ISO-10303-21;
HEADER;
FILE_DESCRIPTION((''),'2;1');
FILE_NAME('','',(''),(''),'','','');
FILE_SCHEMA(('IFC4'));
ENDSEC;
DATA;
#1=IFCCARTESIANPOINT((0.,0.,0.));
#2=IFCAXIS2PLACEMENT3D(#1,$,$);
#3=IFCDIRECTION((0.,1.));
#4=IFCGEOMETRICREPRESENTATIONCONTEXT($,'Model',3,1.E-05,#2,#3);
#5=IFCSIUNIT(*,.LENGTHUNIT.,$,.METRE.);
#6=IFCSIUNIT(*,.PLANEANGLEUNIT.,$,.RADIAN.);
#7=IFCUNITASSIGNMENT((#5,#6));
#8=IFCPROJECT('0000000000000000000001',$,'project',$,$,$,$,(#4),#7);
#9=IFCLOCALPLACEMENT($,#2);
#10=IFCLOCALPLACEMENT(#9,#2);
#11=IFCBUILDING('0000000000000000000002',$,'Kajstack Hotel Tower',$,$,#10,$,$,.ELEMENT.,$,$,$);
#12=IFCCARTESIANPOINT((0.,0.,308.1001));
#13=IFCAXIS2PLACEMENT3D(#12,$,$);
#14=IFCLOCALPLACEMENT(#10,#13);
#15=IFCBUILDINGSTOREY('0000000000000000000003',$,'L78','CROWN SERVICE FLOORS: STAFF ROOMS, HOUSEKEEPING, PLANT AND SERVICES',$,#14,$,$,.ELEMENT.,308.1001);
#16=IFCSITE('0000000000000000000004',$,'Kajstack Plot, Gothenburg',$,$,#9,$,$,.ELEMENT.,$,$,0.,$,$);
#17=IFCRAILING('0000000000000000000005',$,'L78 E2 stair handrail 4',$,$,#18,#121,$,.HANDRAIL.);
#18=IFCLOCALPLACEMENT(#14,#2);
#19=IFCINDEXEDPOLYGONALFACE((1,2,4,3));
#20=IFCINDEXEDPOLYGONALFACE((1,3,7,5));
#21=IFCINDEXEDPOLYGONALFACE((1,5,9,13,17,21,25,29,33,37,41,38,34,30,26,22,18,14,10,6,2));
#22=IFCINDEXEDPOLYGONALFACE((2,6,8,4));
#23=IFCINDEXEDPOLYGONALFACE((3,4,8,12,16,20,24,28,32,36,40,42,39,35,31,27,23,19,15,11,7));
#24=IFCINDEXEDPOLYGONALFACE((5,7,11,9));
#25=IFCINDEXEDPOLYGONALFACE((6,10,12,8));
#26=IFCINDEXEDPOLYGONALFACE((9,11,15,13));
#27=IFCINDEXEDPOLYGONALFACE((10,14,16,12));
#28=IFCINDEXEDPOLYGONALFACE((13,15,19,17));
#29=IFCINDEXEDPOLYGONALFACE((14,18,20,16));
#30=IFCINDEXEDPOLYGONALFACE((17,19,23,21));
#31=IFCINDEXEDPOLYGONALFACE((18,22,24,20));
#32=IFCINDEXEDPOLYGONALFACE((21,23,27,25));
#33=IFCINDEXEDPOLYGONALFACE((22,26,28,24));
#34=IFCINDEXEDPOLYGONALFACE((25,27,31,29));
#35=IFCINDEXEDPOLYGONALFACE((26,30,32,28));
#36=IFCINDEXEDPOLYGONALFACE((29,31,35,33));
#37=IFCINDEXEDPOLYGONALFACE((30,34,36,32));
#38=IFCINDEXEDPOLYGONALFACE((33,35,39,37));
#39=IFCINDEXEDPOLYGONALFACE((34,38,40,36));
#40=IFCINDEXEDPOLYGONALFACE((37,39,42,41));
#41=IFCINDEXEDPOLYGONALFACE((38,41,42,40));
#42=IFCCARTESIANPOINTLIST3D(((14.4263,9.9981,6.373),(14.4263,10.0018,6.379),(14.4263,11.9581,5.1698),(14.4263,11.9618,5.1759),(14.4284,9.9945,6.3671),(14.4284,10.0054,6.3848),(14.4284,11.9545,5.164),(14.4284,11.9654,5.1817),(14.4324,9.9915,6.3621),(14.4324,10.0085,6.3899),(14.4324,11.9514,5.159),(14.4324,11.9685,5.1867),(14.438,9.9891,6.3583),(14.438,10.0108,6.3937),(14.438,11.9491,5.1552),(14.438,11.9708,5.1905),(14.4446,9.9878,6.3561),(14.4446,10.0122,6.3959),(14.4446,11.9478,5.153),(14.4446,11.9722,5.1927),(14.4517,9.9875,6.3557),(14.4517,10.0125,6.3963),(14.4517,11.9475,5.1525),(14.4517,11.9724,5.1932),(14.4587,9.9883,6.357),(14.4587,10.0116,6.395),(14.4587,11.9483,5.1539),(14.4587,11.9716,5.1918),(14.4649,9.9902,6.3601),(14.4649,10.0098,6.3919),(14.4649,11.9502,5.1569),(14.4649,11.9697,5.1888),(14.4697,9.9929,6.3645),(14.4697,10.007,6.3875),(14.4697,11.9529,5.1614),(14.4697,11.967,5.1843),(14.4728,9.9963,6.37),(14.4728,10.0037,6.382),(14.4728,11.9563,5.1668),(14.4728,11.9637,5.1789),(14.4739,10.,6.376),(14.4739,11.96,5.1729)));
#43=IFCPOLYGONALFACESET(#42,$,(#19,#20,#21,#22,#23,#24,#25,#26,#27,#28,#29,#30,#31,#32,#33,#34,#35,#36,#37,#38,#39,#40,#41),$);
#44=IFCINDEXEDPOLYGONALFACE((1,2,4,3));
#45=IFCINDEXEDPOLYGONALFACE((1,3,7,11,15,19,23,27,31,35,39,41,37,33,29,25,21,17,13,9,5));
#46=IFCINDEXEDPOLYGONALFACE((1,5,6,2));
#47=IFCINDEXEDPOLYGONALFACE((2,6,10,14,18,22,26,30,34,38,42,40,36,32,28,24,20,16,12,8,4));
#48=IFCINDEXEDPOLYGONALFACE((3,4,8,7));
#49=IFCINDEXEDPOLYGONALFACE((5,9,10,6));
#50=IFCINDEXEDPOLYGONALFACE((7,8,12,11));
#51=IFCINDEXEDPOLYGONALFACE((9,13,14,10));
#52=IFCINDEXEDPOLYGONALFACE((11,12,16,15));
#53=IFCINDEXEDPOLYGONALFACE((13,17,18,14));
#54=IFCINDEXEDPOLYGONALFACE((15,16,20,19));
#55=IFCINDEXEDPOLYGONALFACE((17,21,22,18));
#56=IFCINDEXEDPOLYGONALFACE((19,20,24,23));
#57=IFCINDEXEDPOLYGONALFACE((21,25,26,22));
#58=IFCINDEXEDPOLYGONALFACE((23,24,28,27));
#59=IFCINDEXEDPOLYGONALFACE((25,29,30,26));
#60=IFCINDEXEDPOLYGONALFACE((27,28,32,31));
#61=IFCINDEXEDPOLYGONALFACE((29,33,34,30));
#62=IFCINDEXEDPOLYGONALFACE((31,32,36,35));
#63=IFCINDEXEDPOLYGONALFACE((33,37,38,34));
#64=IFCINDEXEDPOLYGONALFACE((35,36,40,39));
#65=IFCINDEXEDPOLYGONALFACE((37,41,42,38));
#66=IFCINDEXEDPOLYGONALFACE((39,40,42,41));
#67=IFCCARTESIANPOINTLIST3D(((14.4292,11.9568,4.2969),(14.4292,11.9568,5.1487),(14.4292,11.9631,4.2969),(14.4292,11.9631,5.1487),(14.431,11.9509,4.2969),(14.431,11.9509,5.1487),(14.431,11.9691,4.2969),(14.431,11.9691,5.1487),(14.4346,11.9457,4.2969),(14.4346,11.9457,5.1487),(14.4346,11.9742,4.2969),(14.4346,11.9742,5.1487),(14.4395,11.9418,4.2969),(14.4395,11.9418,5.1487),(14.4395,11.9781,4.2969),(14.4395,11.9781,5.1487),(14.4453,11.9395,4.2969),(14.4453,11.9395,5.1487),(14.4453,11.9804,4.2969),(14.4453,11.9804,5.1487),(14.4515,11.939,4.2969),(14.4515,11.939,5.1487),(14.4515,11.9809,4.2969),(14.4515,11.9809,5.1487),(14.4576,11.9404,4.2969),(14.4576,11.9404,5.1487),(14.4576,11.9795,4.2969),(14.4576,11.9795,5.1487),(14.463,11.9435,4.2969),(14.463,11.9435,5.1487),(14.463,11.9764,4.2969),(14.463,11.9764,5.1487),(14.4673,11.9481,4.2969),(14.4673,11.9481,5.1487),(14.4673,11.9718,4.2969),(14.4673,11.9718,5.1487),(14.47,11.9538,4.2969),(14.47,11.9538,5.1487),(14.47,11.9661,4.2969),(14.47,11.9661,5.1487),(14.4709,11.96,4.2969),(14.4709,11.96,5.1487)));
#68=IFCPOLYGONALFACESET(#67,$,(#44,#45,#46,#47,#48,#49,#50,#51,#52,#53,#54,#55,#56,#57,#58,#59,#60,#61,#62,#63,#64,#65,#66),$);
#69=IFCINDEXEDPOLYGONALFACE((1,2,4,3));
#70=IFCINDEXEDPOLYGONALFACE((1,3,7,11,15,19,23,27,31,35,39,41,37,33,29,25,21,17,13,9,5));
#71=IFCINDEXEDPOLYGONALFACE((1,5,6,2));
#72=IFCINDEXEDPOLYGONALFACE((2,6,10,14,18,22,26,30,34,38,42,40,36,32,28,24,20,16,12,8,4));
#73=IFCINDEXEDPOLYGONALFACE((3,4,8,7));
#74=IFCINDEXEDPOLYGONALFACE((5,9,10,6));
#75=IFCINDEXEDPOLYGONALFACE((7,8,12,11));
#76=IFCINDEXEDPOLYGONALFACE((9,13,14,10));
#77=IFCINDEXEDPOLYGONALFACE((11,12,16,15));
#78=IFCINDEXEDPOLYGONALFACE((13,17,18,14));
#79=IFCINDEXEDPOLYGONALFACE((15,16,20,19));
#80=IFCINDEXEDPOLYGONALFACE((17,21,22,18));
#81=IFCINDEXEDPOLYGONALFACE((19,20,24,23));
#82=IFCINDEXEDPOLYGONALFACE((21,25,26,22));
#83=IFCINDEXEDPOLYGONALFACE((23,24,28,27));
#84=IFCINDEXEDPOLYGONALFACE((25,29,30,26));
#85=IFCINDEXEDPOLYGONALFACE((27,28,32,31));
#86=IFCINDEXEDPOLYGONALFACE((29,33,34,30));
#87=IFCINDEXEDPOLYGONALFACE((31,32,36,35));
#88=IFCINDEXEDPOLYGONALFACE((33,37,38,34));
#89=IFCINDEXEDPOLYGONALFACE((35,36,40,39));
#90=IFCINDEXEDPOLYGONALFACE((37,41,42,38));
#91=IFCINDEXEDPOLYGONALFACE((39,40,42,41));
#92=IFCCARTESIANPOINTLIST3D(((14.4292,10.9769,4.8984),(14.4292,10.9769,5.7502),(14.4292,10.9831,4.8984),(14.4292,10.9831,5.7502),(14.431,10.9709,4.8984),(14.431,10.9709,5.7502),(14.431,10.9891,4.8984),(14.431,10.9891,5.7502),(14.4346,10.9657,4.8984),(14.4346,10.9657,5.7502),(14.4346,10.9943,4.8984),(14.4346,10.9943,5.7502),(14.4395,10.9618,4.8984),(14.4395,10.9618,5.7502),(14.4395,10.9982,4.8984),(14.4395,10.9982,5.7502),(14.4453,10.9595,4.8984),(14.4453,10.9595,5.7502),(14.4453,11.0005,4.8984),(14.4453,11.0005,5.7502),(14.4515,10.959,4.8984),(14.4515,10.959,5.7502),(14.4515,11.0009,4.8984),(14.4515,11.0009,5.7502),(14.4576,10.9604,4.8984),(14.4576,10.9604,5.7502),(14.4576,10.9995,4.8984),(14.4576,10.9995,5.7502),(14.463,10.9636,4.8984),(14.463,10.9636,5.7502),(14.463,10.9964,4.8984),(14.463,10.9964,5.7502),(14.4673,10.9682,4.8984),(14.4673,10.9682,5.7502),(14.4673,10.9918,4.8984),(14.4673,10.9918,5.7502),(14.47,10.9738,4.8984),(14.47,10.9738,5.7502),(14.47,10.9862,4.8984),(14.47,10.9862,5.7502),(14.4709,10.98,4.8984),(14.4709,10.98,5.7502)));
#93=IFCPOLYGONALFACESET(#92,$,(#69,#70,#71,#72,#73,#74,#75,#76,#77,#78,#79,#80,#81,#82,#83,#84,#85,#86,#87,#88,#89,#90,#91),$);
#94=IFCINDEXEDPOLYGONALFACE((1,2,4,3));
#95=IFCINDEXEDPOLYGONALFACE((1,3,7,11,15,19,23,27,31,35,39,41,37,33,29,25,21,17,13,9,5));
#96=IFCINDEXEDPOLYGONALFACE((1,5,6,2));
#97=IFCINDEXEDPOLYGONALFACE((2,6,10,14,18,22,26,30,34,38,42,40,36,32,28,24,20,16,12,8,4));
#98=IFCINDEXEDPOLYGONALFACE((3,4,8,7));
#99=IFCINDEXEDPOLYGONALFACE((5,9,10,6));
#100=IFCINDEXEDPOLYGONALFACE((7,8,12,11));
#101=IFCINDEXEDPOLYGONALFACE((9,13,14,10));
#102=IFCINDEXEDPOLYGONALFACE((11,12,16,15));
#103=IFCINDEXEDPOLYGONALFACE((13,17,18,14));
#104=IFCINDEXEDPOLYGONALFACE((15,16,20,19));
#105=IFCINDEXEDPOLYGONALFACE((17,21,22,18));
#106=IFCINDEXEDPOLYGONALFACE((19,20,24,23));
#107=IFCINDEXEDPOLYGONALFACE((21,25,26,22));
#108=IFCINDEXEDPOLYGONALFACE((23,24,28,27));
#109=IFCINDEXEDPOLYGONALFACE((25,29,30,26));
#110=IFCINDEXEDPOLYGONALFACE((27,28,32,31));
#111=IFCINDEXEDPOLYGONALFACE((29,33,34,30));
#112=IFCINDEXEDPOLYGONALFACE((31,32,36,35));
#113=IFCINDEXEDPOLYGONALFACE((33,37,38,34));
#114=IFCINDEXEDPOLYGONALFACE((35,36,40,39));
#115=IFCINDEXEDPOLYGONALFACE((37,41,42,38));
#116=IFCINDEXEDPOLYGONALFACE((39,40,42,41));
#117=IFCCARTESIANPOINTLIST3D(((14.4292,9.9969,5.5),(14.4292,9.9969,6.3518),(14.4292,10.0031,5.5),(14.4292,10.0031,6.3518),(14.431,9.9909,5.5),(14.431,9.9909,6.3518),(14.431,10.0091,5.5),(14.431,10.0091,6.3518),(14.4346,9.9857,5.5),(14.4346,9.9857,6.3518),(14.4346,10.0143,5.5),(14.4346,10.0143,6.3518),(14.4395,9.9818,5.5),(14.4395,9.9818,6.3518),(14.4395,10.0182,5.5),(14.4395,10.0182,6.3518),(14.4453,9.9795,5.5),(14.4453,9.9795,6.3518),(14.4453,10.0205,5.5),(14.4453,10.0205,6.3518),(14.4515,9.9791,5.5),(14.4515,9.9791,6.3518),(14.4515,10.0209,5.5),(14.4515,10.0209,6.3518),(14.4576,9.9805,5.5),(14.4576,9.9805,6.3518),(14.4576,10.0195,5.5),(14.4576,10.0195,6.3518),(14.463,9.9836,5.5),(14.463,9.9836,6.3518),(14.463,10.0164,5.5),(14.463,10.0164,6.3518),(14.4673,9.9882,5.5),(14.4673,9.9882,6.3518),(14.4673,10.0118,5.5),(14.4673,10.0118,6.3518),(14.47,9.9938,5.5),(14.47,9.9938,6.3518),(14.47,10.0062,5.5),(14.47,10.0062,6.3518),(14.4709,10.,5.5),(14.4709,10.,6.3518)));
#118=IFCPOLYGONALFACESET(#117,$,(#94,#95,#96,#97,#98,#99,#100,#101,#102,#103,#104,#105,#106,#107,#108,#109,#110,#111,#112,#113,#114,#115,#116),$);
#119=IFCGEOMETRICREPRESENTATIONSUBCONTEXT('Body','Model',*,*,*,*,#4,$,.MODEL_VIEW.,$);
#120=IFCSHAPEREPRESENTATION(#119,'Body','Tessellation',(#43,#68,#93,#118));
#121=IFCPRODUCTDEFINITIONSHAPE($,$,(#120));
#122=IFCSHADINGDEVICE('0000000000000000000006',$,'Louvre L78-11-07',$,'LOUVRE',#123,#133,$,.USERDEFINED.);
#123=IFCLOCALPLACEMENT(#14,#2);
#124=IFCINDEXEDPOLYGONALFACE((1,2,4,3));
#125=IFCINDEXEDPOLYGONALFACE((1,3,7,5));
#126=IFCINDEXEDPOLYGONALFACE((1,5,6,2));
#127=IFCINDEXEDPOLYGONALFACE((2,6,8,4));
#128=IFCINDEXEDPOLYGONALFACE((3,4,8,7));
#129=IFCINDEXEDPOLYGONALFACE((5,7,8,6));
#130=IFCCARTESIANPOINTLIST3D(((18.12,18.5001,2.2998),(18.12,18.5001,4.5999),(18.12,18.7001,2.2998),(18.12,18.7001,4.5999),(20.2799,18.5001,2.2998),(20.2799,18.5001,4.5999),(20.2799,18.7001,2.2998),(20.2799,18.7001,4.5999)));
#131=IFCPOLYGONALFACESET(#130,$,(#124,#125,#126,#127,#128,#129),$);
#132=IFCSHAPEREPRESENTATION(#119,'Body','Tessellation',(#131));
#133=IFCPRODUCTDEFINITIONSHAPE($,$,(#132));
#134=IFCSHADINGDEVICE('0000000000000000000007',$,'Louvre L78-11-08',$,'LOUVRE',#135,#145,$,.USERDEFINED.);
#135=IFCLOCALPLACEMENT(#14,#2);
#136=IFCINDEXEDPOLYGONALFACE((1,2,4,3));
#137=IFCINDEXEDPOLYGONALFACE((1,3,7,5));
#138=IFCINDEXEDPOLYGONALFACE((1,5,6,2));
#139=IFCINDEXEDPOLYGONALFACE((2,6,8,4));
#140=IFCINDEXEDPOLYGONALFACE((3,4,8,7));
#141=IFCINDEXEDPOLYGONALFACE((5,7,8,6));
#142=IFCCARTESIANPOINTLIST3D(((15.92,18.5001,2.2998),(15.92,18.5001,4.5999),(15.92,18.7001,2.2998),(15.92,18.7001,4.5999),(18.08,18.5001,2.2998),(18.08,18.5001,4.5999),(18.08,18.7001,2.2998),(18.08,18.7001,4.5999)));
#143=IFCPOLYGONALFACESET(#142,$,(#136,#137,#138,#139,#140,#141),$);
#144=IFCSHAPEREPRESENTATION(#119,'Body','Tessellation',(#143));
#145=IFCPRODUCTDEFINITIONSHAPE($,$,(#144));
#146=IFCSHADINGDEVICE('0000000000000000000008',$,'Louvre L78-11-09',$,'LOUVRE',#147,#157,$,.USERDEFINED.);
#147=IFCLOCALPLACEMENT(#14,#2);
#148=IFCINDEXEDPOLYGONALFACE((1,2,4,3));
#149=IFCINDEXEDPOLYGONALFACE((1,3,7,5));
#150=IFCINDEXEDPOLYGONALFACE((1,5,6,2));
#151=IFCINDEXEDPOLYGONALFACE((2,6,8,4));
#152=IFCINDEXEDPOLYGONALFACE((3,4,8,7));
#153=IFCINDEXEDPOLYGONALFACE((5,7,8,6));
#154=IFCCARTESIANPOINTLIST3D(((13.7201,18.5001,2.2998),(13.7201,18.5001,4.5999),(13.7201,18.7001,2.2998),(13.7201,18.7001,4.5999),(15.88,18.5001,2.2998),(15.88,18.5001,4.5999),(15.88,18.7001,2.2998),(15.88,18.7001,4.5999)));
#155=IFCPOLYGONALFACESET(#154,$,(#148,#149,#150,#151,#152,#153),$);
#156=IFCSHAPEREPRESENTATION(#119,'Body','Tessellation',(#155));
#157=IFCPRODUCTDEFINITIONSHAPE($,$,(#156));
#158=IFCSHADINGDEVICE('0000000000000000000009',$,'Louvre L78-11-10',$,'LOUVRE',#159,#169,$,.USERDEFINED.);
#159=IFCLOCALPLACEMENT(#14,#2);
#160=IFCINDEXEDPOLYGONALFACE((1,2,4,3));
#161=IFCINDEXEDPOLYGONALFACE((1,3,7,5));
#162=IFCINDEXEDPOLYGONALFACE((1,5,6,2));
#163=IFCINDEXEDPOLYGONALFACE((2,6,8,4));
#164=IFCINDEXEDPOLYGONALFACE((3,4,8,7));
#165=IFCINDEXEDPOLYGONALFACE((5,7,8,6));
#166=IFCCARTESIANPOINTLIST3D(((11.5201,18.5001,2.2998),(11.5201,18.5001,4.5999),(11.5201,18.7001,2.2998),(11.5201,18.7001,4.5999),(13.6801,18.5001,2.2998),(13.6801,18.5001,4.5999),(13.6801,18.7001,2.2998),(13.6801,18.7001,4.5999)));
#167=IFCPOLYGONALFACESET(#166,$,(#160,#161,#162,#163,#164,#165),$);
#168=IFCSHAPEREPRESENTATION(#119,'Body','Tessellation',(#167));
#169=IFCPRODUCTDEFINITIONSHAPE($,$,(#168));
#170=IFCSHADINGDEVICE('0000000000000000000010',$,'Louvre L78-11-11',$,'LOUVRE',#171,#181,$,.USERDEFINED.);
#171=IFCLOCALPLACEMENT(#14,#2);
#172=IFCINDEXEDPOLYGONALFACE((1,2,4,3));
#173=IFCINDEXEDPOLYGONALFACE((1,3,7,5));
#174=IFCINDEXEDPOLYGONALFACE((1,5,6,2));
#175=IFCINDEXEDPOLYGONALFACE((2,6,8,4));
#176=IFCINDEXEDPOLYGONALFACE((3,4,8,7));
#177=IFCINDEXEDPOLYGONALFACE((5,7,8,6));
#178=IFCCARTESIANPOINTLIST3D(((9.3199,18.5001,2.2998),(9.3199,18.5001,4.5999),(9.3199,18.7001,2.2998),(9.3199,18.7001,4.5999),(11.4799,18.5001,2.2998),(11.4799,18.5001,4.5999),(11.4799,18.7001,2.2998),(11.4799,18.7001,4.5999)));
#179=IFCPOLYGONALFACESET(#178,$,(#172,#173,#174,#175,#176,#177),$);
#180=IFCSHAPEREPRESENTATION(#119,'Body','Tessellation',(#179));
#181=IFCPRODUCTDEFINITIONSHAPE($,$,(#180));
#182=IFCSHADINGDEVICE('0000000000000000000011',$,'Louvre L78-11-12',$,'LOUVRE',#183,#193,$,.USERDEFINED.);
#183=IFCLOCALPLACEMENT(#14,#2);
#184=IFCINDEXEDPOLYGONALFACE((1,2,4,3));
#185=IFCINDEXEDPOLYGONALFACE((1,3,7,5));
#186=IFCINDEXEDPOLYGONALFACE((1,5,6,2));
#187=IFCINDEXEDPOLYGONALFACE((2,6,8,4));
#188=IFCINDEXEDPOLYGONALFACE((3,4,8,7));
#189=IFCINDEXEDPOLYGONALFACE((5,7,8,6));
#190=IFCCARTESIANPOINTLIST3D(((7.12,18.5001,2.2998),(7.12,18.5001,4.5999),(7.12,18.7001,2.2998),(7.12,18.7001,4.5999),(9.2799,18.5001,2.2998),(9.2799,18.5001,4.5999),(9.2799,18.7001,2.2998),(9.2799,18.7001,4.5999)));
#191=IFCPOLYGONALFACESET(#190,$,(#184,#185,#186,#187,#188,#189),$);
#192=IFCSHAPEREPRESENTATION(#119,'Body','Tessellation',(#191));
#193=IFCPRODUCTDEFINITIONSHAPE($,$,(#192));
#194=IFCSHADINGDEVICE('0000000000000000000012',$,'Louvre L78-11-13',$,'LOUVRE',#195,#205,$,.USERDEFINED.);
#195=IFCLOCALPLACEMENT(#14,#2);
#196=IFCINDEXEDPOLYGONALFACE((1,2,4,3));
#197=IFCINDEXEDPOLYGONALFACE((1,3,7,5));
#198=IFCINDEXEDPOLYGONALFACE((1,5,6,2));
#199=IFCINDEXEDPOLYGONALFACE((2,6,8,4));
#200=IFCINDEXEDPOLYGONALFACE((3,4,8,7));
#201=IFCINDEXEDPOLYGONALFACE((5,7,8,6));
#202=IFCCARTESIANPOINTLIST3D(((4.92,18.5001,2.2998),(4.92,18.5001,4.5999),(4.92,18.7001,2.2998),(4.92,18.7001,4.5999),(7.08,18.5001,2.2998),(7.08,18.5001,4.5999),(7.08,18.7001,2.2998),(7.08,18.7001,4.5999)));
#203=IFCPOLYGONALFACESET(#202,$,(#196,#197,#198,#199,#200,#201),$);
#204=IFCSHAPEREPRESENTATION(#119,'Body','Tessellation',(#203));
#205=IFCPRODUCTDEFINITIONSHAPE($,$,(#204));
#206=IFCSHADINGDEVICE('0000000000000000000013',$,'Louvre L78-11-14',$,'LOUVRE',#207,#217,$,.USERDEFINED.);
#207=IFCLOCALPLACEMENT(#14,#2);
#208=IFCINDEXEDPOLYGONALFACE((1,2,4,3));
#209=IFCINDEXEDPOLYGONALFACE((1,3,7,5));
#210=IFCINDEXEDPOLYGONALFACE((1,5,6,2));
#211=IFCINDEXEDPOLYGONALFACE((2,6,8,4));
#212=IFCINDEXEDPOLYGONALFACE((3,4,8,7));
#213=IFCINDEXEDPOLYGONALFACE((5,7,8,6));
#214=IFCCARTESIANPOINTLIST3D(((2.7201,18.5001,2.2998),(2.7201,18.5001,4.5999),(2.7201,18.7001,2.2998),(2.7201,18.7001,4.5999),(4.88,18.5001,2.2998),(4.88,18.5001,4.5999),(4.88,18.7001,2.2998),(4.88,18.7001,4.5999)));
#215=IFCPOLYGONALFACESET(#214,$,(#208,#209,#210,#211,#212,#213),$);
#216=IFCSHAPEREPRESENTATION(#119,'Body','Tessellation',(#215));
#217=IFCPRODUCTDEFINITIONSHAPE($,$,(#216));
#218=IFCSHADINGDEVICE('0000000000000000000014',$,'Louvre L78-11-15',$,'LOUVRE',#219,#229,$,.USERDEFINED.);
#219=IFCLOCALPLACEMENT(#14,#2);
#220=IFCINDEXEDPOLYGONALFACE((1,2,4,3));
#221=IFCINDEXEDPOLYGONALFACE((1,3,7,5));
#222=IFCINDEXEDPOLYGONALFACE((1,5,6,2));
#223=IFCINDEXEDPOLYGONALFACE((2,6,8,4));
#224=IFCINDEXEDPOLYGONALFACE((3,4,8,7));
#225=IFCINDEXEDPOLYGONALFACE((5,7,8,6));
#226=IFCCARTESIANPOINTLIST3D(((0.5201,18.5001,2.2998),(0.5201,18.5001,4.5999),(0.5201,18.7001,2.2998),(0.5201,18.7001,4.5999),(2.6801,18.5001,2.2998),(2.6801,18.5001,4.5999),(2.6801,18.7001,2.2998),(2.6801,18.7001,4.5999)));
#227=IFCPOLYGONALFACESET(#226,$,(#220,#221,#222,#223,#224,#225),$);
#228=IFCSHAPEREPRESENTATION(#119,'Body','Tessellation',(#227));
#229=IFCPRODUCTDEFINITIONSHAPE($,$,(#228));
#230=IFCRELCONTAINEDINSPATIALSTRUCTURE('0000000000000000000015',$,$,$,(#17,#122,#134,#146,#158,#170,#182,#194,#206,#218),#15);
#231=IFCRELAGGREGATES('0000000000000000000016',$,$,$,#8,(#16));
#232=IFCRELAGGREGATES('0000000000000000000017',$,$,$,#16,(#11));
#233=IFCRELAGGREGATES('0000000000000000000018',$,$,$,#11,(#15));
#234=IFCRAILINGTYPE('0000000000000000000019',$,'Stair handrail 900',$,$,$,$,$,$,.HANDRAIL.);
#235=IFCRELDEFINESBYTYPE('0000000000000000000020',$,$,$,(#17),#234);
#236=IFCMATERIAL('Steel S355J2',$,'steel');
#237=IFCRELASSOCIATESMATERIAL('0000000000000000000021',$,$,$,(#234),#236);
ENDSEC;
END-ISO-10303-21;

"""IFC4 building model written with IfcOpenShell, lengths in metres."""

from ifc_helpers import new_model, si_unit, direction, frame, origin, origin_2d, place, context, subcontext, project, spatial, rectangle, circle, extrude, material, type_object, element, save


model = new_model("IFC4")

# Units and contexts
model_context = context("Model", 3, precision=1e-05, world=origin(), true_north=direction((0.0, 1.0)))
body_context = subcontext(model_context, "Body", "Model", "MODEL_VIEW")
ifc_project = project(units=[si_unit("LENGTHUNIT", "METRE"), si_unit("PLANEANGLEUNIT", "RADIAN")], contexts=[model_context])

# Site, building, storey
site_placement = place(None, origin())
site = spatial("IfcSite", under=ifc_project, at=site_placement, Name="Kajstack Plot, Gothenburg", CompositionType="ELEMENT", RefElevation=0.0)
building_placement = place(site_placement, origin())
building = spatial("IfcBuilding", under=site, at=building_placement, Name="Kajstack Hotel Tower", CompositionType="ELEMENT")
storey_placement = place(building_placement, frame((0.0, 0.0, 308.1001)))
storey = spatial("IfcBuildingStorey", under=building, at=storey_placement, Name="L78", Description="CROWN SERVICE FLOORS: STAFF ROOMS, HOUSEKEEPING, PLANT AND SERVICES", CompositionType="ELEMENT", Elevation=308.1001)

# Shared definitions
ifc_material_1 = material(Name="Steel S355J2", Category="steel")

# Railing
railing_type = type_object("IfcRailingType", Name="Stair handrail 900", PredefinedType="HANDRAIL", material=ifc_material_1)
for number, where, name in (
    (1, (14.45, 11.96, 4.2969), "L78 E2 stair handrail 4"),
):
    element("IfcRailing", number, at=place(storey_placement, frame(where)), inside=storey, type_object=railing_type, Name=name, PredefinedType="HANDRAIL", context=body_context, shape_type="SweptSolid", body=[
        extrude(circle(Radius=0.0239, at=origin_2d()), frame((0.0, 0.0, 0.876), z_axis=(0.0, -0.852241, 0.523149), x_axis=(1.0, 0.0, 0.0)), (0.0, 0.0, 1.0), 2.2998),
        extrude(circle(Radius=0.021, at=origin_2d()), origin(), (0.0, 0.0, 1.0), 0.8518),
        extrude(circle(Radius=0.021, at=origin_2d()), frame((0.0, -0.98, 0.6016)), (0.0, 0.0, 1.0), 0.8518),
        extrude(circle(Radius=0.021, at=origin_2d()), frame((0.0, -1.96, 1.2031)), (0.0, 0.0, 1.0), 0.8518),
    ])

# Shading devices
for number, where, z_axis, x_axis, name in (
    (2, (19.2, 18.6001, 2.2998), (0.0, 0.0, 1.0), (-1.0, 0.0, 0.0), "Louvre L78-11-07"),
    (3, (17.0, 18.6001, 2.2998), (0.0, 0.0, 1.0), (-1.0, 0.0, 0.0), "Louvre L78-11-08"),
    (4, (14.8, 18.6001, 2.2998), (0.0, 0.0, 1.0), (-1.0, 0.0, 0.0), "Louvre L78-11-09"),
    (5, (12.6001, 18.6001, 2.2998), (0.0, 0.0, 1.0), (-1.0, 0.0, 0.0), "Louvre L78-11-10"),
    (6, (10.3999, 18.6001, 2.2998), (0.0, 0.0, 1.0), (-1.0, 0.0, 0.0), "Louvre L78-11-11"),
    (7, (8.2, 18.6001, 2.2998), (0.0, 0.0, 1.0), (-1.0, 0.0, 0.0), "Louvre L78-11-12"),
    (8, (6.0, 18.6001, 2.2998), (0.0, 0.0, 1.0), (-1.0, 0.0, 0.0), "Louvre L78-11-13"),
    (9, (3.8, 18.6001, 2.2998), (0.0, 0.0, 1.0), (-1.0, 0.0, 0.0), "Louvre L78-11-14"),
    (10, (1.6001, 18.6001, 2.2998), (0.0, 0.0, 1.0), (-1.0, 0.0, 0.0), "Louvre L78-11-15"),
):
    element("IfcShadingDevice", number, at=place(storey_placement, frame(where, z_axis=z_axis, x_axis=x_axis)), inside=storey, Name=name, ObjectType="LOUVRE", PredefinedType="USERDEFINED", context=body_context, shape_type="SweptSolid", body=[
        extrude(rectangle(XDim=2.1599, YDim=0.2, at=origin_2d()), origin(), (0.0, 0.0, 1.0), 2.3),
    ])

save(model, "model.ifc")
